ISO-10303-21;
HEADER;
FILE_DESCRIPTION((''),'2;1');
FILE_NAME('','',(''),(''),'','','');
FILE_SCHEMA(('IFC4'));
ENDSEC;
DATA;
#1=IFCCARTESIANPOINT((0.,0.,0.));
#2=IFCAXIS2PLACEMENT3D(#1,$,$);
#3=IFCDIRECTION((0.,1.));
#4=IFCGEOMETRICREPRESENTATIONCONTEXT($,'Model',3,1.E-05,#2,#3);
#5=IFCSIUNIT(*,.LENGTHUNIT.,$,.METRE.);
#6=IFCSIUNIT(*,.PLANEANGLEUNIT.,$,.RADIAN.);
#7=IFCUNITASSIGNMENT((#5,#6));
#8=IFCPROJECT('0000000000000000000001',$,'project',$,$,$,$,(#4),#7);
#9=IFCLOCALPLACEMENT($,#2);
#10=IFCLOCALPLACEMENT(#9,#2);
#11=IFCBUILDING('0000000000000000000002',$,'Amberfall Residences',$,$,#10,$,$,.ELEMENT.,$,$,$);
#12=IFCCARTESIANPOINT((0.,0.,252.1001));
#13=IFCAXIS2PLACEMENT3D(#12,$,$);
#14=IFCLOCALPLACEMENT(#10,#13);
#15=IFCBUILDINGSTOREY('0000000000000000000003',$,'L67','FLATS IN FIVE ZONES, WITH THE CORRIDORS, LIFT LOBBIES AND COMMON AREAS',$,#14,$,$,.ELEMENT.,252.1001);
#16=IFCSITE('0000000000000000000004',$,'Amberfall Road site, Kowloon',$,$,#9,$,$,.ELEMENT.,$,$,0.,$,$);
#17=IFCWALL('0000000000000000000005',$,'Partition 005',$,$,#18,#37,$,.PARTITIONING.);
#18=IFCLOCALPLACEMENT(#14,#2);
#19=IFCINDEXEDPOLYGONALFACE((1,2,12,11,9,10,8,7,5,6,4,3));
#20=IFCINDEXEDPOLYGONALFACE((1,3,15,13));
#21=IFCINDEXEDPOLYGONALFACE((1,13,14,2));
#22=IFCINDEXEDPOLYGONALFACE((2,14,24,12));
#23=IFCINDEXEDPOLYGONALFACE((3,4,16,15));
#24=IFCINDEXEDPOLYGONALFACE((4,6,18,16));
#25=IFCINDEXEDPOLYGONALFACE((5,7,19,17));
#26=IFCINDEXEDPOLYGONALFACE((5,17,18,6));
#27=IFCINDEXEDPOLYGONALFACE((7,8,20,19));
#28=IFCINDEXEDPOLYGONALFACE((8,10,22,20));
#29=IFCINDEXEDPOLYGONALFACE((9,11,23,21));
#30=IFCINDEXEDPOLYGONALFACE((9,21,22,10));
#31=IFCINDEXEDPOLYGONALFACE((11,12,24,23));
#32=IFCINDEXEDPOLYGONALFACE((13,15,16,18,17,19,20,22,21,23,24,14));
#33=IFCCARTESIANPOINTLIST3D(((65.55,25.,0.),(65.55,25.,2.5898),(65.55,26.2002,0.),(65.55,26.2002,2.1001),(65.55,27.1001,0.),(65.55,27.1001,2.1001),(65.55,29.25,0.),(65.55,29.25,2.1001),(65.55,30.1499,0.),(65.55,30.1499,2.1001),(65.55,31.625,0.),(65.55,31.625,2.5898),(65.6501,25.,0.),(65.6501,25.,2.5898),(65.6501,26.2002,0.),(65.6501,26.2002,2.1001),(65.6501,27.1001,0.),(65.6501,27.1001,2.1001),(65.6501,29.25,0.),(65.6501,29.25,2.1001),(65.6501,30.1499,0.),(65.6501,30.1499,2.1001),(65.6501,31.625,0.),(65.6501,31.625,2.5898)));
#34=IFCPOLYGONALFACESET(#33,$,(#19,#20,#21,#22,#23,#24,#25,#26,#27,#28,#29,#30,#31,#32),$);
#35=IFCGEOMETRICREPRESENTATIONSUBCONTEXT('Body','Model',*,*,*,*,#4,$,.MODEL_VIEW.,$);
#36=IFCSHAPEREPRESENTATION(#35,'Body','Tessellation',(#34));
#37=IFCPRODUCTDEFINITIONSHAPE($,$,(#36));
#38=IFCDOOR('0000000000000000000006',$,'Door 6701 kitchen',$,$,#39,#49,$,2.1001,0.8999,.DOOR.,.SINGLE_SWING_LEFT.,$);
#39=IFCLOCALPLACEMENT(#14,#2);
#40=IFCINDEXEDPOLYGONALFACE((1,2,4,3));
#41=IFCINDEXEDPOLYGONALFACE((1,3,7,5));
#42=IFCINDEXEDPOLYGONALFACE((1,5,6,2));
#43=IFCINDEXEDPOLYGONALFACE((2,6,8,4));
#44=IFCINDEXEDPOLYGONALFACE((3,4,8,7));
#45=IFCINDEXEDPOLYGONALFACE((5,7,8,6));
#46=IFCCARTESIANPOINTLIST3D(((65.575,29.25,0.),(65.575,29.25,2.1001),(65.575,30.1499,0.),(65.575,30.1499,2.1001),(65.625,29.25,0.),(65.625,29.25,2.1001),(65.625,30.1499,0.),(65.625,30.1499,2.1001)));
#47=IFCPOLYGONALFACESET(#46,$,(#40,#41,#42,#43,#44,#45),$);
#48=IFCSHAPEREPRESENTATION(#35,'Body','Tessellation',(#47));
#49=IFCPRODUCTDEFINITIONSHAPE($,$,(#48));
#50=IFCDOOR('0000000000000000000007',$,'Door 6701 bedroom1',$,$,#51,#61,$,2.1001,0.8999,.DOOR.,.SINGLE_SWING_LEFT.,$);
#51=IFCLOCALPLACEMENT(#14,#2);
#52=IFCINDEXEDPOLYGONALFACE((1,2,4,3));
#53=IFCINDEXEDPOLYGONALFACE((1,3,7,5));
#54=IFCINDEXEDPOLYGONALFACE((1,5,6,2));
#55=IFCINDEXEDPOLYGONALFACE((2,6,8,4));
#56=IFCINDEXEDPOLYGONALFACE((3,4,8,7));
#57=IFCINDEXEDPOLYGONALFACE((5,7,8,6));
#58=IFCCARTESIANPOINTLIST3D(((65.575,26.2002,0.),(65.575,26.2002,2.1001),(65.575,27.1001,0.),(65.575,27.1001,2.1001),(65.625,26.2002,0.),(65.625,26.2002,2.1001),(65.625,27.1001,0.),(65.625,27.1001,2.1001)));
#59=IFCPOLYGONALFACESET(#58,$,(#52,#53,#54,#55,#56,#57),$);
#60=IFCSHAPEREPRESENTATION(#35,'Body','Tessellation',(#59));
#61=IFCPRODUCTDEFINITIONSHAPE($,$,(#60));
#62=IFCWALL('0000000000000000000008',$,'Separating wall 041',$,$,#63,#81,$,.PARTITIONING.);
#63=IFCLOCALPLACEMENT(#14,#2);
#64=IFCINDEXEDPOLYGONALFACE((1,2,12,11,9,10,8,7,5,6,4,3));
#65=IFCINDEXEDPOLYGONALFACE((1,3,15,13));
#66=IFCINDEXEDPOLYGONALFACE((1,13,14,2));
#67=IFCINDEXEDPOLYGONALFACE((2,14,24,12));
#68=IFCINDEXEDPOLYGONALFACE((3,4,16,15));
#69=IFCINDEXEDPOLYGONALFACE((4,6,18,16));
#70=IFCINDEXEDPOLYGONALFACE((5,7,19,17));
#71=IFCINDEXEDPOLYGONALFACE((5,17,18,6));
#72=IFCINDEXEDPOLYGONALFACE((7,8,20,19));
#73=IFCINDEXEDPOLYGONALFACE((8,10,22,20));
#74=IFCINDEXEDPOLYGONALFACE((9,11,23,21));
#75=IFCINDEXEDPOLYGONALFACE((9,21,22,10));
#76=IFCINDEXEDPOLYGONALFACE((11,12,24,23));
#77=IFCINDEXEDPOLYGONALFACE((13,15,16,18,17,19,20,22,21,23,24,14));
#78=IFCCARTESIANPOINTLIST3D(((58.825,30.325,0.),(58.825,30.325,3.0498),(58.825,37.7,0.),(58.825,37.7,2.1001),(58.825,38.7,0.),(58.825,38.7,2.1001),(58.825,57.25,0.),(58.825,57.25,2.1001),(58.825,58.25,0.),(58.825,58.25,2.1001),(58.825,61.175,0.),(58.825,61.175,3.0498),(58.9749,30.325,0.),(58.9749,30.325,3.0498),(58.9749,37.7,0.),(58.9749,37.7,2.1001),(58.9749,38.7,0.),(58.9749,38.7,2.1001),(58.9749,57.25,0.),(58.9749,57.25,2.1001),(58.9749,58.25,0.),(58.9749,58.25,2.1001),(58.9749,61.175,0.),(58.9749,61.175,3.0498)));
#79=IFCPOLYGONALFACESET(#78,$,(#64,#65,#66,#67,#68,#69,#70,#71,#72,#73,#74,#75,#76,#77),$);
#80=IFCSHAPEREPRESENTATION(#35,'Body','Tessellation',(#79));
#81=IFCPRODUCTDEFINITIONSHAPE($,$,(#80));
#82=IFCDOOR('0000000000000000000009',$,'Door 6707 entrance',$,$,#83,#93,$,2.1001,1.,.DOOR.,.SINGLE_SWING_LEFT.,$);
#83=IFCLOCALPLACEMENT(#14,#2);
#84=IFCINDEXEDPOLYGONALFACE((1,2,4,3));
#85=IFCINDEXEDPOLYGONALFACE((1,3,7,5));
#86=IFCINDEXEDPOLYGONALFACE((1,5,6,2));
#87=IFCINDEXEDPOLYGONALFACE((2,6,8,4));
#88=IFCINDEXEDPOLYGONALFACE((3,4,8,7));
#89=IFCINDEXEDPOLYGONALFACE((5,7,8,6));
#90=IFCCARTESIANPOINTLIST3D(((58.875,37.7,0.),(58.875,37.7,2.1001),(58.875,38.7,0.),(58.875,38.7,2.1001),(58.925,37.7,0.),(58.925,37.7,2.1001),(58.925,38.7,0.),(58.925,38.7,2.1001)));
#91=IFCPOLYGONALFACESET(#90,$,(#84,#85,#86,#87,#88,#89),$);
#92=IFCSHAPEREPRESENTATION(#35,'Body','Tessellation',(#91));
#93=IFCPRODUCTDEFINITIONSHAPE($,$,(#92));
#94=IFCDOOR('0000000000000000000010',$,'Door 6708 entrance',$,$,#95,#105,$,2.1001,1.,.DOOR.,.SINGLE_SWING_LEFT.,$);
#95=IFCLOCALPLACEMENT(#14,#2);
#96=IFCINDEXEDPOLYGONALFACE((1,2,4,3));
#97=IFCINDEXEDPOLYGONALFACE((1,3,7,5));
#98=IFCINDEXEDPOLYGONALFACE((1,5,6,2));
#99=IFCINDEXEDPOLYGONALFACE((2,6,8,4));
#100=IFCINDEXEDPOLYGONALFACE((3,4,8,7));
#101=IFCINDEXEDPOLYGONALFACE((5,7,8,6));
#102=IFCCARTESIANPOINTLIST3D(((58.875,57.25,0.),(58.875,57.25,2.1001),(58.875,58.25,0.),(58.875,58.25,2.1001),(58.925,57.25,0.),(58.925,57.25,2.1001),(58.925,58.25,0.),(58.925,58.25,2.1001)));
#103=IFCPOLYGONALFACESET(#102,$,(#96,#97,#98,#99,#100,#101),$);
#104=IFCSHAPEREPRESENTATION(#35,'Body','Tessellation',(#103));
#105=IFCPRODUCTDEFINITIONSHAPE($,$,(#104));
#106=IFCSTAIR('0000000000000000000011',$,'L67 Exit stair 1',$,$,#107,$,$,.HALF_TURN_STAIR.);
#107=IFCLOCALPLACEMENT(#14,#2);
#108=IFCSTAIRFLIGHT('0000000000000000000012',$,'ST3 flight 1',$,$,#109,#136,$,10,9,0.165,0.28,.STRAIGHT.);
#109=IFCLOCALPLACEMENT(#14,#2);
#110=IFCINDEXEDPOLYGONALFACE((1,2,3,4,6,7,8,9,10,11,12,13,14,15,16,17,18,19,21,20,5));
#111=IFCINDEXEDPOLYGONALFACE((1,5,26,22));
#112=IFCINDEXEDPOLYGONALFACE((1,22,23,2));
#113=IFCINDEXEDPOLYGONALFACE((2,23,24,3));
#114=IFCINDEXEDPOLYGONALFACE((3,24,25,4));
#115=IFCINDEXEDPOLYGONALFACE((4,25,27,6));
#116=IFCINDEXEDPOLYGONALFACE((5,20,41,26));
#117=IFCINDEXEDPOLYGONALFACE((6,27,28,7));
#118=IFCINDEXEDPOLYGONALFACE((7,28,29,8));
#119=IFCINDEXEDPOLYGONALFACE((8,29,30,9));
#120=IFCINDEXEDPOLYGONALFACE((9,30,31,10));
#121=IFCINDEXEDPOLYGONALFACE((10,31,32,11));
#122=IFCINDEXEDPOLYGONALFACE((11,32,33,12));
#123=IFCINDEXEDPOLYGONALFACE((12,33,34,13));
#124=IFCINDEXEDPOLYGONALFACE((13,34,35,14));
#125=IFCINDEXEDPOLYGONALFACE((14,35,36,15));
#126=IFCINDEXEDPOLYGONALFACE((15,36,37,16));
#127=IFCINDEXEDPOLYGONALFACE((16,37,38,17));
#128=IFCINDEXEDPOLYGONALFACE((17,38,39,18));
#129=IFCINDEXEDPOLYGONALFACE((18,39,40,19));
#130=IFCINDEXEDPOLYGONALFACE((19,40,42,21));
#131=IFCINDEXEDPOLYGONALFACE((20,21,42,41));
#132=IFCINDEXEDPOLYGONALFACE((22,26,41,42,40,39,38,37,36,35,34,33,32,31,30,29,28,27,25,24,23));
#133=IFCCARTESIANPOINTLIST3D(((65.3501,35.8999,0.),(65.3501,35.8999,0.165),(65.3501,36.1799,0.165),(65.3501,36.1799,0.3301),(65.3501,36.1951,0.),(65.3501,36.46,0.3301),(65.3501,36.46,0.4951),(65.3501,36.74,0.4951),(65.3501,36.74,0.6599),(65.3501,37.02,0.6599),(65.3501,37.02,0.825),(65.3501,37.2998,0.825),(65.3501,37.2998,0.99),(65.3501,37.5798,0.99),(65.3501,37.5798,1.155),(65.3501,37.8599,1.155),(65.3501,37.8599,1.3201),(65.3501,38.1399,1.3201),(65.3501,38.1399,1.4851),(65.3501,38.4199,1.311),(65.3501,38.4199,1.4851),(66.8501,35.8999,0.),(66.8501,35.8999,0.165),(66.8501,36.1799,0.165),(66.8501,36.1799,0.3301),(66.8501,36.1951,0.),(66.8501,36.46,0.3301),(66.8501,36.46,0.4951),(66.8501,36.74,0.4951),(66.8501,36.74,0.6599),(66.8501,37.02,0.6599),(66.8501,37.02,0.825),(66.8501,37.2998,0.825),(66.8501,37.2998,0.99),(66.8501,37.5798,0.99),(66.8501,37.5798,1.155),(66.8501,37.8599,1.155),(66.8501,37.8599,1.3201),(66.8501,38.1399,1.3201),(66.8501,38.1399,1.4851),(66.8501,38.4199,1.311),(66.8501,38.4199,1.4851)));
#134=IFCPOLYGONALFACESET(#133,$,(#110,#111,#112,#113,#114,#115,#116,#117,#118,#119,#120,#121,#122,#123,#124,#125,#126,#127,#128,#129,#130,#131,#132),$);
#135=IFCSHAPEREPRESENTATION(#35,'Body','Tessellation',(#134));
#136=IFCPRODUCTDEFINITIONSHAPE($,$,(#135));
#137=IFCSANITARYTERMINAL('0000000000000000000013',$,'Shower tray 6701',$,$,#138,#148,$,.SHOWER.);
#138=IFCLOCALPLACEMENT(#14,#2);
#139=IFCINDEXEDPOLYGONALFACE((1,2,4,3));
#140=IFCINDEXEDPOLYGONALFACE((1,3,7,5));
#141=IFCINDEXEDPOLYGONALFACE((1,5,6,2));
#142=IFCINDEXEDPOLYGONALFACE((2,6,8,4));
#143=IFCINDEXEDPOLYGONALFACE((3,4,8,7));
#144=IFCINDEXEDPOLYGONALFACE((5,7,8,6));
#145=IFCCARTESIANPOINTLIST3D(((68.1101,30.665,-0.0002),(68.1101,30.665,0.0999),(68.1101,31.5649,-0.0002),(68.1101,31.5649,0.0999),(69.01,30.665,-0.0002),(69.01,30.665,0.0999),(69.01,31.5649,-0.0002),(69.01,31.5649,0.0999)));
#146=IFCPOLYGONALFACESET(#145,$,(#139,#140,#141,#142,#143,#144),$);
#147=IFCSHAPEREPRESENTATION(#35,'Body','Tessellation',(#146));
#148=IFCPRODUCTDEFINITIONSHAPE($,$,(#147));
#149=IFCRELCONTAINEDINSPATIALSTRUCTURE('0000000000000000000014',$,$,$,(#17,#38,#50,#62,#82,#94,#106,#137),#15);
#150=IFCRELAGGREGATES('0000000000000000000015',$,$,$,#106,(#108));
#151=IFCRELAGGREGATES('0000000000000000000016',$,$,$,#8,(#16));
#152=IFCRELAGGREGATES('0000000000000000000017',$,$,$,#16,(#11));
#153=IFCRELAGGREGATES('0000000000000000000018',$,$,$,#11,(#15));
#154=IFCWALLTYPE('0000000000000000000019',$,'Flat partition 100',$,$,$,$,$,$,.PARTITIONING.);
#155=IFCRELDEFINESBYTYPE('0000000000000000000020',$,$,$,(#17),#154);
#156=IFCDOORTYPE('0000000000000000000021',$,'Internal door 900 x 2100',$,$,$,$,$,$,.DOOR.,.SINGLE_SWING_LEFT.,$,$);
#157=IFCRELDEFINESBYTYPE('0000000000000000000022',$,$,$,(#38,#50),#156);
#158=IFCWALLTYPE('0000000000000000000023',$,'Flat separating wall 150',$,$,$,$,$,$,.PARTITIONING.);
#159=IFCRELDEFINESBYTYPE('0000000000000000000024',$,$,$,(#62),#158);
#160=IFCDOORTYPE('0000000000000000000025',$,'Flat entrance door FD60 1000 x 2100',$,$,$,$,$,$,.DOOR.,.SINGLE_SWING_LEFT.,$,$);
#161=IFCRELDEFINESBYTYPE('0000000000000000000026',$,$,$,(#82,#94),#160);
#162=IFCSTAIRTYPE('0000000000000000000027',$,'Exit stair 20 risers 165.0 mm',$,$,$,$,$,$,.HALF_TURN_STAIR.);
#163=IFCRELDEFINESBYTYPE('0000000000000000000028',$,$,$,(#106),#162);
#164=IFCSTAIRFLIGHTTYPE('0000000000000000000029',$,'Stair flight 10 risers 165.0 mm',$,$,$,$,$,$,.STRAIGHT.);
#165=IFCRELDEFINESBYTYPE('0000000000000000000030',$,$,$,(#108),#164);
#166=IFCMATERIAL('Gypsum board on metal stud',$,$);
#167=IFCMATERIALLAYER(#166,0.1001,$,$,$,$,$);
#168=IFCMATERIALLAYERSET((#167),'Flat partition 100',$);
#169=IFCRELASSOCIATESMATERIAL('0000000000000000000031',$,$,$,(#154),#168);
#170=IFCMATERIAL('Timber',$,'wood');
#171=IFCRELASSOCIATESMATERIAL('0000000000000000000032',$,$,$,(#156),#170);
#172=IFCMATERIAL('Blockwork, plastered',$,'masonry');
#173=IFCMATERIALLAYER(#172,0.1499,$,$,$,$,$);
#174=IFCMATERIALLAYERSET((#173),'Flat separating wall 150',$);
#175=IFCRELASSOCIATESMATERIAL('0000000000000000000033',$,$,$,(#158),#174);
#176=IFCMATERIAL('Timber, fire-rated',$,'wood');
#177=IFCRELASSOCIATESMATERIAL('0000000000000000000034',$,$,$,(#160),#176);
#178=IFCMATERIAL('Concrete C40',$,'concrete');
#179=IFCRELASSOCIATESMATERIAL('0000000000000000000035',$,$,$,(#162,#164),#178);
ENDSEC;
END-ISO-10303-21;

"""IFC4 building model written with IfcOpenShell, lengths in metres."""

from ifc_helpers import new_model, si_unit, direction, frame, frame_2d, origin, origin_2d, place, context, subcontext, project, spatial, polyline, rectangle, outline, extrude, material, layer, layer_set, type_object, element, fill, aggregate, save


model = new_model("IFC4")

# Units and contexts
model_context = context("Model", 3, precision=1e-05, world=origin(), true_north=direction((0.0, 1.0)))
body_context = subcontext(model_context, "Body", "Model", "MODEL_VIEW")
ifc_project = project(units=[si_unit("LENGTHUNIT", "METRE"), si_unit("PLANEANGLEUNIT", "RADIAN")], contexts=[model_context])

# Site, building, storey
site_placement = place(None, origin())
site = spatial("IfcSite", under=ifc_project, at=site_placement, Name="Amberfall Road site, Kowloon", CompositionType="ELEMENT", RefElevation=0.0)
building_placement = place(site_placement, origin())
building = spatial("IfcBuilding", under=site, at=building_placement, Name="Amberfall Residences", CompositionType="ELEMENT")
storey_placement = place(building_placement, frame((0.0, 0.0, 252.1001)))
storey = spatial("IfcBuildingStorey", under=building, at=storey_placement, Name="L67", Description="FLATS IN FIVE ZONES, WITH THE CORRIDORS, LIFT LOBBIES AND COMMON AREAS", CompositionType="ELEMENT", Elevation=252.1001)

# Walls, openings, doors
ifc_material_1 = material(Name="Gypsum board on metal stud")
ifc_layer_1 = layer(ifc_material_1, 0.1001)
ifc_layer_set_1 = layer_set([ifc_layer_1], Name="Flat partition 100")
wall_type_1 = type_object("IfcWallType", Name="Flat partition 100", PredefinedType="PARTITIONING", material=ifc_layer_set_1)
wall_1_placement = place(storey_placement, frame((65.6001, 31.625, 0.0), z_axis=(0.0, 0.0, 1.0), x_axis=(0.0, -1.0, 0.0)))
wall_1 = element("IfcWall", 1, at=wall_1_placement, inside=storey, type_object=wall_type_1, Name="Partition 005", PredefinedType="PARTITIONING", context=body_context, shape_type="SweptSolid", body=[
    extrude(rectangle(XDim=6.625, YDim=0.1001, at=frame_2d((3.3125, 0.0))), origin(), (0.0, 0.0, 1.0), 2.5898),
])
opening_1_placement = place(wall_1_placement, frame((1.4751, 0.0, 0.0)))
opening_1 = element("IfcOpeningElement", 2, at=opening_1_placement, cuts=wall_1, PredefinedType="OPENING", context=body_context, shape_type="SweptSolid", body=[
    extrude(rectangle(XDim=0.8999, YDim=2.1001, at=frame_2d((0.45, 1.05))), frame((0.0, 0.0601, 0.0), z_axis=(0.0, -1.0, 0.0), x_axis=(1.0, 0.0, 0.0)), (0.0, 0.0, 1.0), 0.1201),
])
opening_2_placement = place(wall_1_placement, frame((4.5249, 0.0, 0.0)))
opening_2 = element("IfcOpeningElement", 3, at=opening_2_placement, cuts=wall_1, PredefinedType="OPENING", context=body_context, shape_type="SweptSolid", body=[
    extrude(rectangle(XDim=0.8999, YDim=2.1001, at=frame_2d((0.45, 1.05))), frame((0.0, 0.0601, 0.0), z_axis=(0.0, -1.0, 0.0), x_axis=(1.0, 0.0, 0.0)), (0.0, 0.0, 1.0), 0.1201),
])
ifc_material_2 = material(Name="Timber", Category="wood")
door_type_1 = type_object("IfcDoorType", Name="Internal door 900 x 2100", OperationType="SINGLE_SWING_LEFT", PredefinedType="DOOR", material=ifc_material_2)
door_1_placement = place(opening_1_placement, origin())
door_1 = element("IfcDoor", 4, at=door_1_placement, inside=storey, type_object=door_type_1, Name="Door 6701 kitchen", OperationType="SINGLE_SWING_LEFT", OverallHeight=2.1001, OverallWidth=0.8999, PredefinedType="DOOR", context=body_context, shape_type="SweptSolid", body=[
    extrude(rectangle(XDim=0.8999, YDim=2.1001, at=frame_2d((0.45, 1.05))), frame((0.0, 0.0249, 0.0), z_axis=(0.0, -1.0, 0.0), x_axis=(1.0, 0.0, 0.0)), (0.0, 0.0, 1.0), 0.05),
])
fill(opening_1, door_1)
door_2_placement = place(opening_2_placement, origin())
door_2 = element("IfcDoor", 5, at=door_2_placement, inside=storey, type_object=door_type_1, Name="Door 6701 bedroom1", OperationType="SINGLE_SWING_LEFT", OverallHeight=2.1001, OverallWidth=0.8999, PredefinedType="DOOR", context=body_context, shape_type="SweptSolid", body=[
    extrude(rectangle(XDim=0.8999, YDim=2.1001, at=frame_2d((0.45, 1.05))), frame((0.0, 0.0249, 0.0), z_axis=(0.0, -1.0, 0.0), x_axis=(1.0, 0.0, 0.0)), (0.0, 0.0, 1.0), 0.05),
])
fill(opening_2, door_2)
ifc_material_3 = material(Name="Blockwork, plastered", Category="masonry")
ifc_layer_2 = layer(ifc_material_3, 0.1499)
ifc_layer_set_2 = layer_set([ifc_layer_2], Name="Flat separating wall 150")
wall_type_2 = type_object("IfcWallType", Name="Flat separating wall 150", PredefinedType="PARTITIONING", material=ifc_layer_set_2)
wall_2_placement = place(storey_placement, frame((58.8999, 30.325, 0.0), z_axis=(0.0, 0.0, 1.0), x_axis=(0.0, 1.0, 0.0)))
wall_2 = element("IfcWall", 6, at=wall_2_placement, inside=storey, type_object=wall_type_2, Name="Separating wall 041", PredefinedType="PARTITIONING", context=body_context, shape_type="SweptSolid", body=[
    extrude(rectangle(XDim=30.8501, YDim=0.1499, at=frame_2d((15.425, 0.0))), origin(), (0.0, 0.0, 1.0), 3.0498),
])
opening_3_placement = place(wall_2_placement, frame((7.375, 0.0, 0.0)))
opening_3 = element("IfcOpeningElement", 7, at=opening_3_placement, cuts=wall_2, PredefinedType="OPENING", context=body_context, shape_type="SweptSolid", body=[
    extrude(rectangle(XDim=1.0, YDim=2.1001, at=frame_2d((0.5, 1.05))), frame((0.0, 0.085, 0.0), z_axis=(0.0, -1.0, 0.0), x_axis=(1.0, 0.0, 0.0)), (0.0, 0.0, 1.0), 0.1699),
])
opening_4_placement = place(wall_2_placement, frame((26.925, 0.0, 0.0)))
opening_4 = element("IfcOpeningElement", 8, at=opening_4_placement, cuts=wall_2, PredefinedType="OPENING", context=body_context, shape_type="SweptSolid", body=[
    extrude(rectangle(XDim=1.0, YDim=2.1001, at=frame_2d((0.5, 1.05))), frame((0.0, 0.085, 0.0), z_axis=(0.0, -1.0, 0.0), x_axis=(1.0, 0.0, 0.0)), (0.0, 0.0, 1.0), 0.1699),
])
ifc_material_4 = material(Name="Timber, fire-rated", Category="wood")
door_type_2 = type_object("IfcDoorType", Name="Flat entrance door FD60 1000 x 2100", OperationType="SINGLE_SWING_LEFT", PredefinedType="DOOR", material=ifc_material_4)
door_3_placement = place(opening_3_placement, origin())
door_3 = element("IfcDoor", 9, at=door_3_placement, inside=storey, type_object=door_type_2, Name="Door 6707 entrance", OperationType="SINGLE_SWING_LEFT", OverallHeight=2.1001, OverallWidth=1.0, PredefinedType="DOOR", context=body_context, shape_type="SweptSolid", body=[
    extrude(rectangle(XDim=1.0, YDim=2.1001, at=frame_2d((0.5, 1.05))), frame((0.0, 0.0249, 0.0), z_axis=(0.0, -1.0, 0.0), x_axis=(1.0, 0.0, 0.0)), (0.0, 0.0, 1.0), 0.05),
])
fill(opening_3, door_3)
door_4_placement = place(opening_4_placement, origin())
door_4 = element("IfcDoor", 10, at=door_4_placement, inside=storey, type_object=door_type_2, Name="Door 6708 entrance", OperationType="SINGLE_SWING_LEFT", OverallHeight=2.1001, OverallWidth=1.0, PredefinedType="DOOR", context=body_context, shape_type="SweptSolid", body=[
    extrude(rectangle(XDim=1.0, YDim=2.1001, at=frame_2d((0.5, 1.05))), frame((0.0, 0.0249, 0.0), z_axis=(0.0, -1.0, 0.0), x_axis=(1.0, 0.0, 0.0)), (0.0, 0.0, 1.0), 0.05),
])
fill(opening_4, door_4)

# Stair, stair flight
ifc_material_5 = material(Name="Concrete C40", Category="concrete")
stair_type = type_object("IfcStairType", Name="Exit stair 20 risers 165.0 mm", PredefinedType="HALF_TURN_STAIR", material=ifc_material_5)
stair_placement = place(storey_placement, origin())
stair = element("IfcStair", 11, at=stair_placement, inside=storey, type_object=stair_type, Name="L67 Exit stair 1", PredefinedType="HALF_TURN_STAIR")
stair_flight_type = type_object("IfcStairFlightType", Name="Stair flight 10 risers 165.0 mm", PredefinedType="STRAIGHT", material=ifc_material_5)
stair_flight_placement = place(storey_placement, frame((66.1001, 35.8999, 0.0), z_axis=(0.0, 0.0, 1.0), x_axis=(0.0, 1.0, 0.0)))
stair_flight = element("IfcStairFlight", 12, at=stair_flight_placement, type_object=stair_flight_type, Name="ST3 flight 1", NumberOfRisers=10, NumberOfTreads=9, PredefinedType="STRAIGHT", RiserHeight=0.165, TreadLength=0.28, context=body_context, shape_type="SweptSolid", body=[
    extrude(outline(polyline([(0.0, 0.0), (0.0, 0.165), (0.28, 0.165), (0.28, 0.3301), (0.5601, 0.3301), (0.5601, 0.4951), (0.8401, 0.4951), (0.8401, 0.6599), (1.1201, 0.6599), (1.1201, 0.825), (1.3999, 0.825), (1.3999, 0.99), (1.6799, 0.99), (1.6799, 1.155), (1.96, 1.155), (1.96, 1.3201), (2.24, 1.3201), (2.24, 1.4851), (2.52, 1.4851), (2.52, 1.6499), (2.52, 1.311), (0.2952, 0.0), (0.0, 0.0)])), frame((0.0, 0.75, 0.0), z_axis=(0.0, -1.0, 0.0), x_axis=(1.0, 0.0, 0.0)), (0.0, 0.0, 1.0), 1.5),
])
aggregate(stair, [stair_flight])

# Sanitary terminal
sanitary_terminal_placement = place(storey_placement, frame((68.5601, 31.115, -0.0002), z_axis=(0.0, 0.0, 1.0), x_axis=(1.0, 0.0, 0.0)))
element("IfcSanitaryTerminal", 13, at=sanitary_terminal_placement, inside=storey, Name="Shower tray 6701", PredefinedType="SHOWER", context=body_context, shape_type="SweptSolid", body=[
    extrude(rectangle(XDim=0.8999, YDim=0.8999, at=origin_2d()), origin(), (0.0, 0.0, 1.0), 0.1001),
])

save(model, "model.ifc")
